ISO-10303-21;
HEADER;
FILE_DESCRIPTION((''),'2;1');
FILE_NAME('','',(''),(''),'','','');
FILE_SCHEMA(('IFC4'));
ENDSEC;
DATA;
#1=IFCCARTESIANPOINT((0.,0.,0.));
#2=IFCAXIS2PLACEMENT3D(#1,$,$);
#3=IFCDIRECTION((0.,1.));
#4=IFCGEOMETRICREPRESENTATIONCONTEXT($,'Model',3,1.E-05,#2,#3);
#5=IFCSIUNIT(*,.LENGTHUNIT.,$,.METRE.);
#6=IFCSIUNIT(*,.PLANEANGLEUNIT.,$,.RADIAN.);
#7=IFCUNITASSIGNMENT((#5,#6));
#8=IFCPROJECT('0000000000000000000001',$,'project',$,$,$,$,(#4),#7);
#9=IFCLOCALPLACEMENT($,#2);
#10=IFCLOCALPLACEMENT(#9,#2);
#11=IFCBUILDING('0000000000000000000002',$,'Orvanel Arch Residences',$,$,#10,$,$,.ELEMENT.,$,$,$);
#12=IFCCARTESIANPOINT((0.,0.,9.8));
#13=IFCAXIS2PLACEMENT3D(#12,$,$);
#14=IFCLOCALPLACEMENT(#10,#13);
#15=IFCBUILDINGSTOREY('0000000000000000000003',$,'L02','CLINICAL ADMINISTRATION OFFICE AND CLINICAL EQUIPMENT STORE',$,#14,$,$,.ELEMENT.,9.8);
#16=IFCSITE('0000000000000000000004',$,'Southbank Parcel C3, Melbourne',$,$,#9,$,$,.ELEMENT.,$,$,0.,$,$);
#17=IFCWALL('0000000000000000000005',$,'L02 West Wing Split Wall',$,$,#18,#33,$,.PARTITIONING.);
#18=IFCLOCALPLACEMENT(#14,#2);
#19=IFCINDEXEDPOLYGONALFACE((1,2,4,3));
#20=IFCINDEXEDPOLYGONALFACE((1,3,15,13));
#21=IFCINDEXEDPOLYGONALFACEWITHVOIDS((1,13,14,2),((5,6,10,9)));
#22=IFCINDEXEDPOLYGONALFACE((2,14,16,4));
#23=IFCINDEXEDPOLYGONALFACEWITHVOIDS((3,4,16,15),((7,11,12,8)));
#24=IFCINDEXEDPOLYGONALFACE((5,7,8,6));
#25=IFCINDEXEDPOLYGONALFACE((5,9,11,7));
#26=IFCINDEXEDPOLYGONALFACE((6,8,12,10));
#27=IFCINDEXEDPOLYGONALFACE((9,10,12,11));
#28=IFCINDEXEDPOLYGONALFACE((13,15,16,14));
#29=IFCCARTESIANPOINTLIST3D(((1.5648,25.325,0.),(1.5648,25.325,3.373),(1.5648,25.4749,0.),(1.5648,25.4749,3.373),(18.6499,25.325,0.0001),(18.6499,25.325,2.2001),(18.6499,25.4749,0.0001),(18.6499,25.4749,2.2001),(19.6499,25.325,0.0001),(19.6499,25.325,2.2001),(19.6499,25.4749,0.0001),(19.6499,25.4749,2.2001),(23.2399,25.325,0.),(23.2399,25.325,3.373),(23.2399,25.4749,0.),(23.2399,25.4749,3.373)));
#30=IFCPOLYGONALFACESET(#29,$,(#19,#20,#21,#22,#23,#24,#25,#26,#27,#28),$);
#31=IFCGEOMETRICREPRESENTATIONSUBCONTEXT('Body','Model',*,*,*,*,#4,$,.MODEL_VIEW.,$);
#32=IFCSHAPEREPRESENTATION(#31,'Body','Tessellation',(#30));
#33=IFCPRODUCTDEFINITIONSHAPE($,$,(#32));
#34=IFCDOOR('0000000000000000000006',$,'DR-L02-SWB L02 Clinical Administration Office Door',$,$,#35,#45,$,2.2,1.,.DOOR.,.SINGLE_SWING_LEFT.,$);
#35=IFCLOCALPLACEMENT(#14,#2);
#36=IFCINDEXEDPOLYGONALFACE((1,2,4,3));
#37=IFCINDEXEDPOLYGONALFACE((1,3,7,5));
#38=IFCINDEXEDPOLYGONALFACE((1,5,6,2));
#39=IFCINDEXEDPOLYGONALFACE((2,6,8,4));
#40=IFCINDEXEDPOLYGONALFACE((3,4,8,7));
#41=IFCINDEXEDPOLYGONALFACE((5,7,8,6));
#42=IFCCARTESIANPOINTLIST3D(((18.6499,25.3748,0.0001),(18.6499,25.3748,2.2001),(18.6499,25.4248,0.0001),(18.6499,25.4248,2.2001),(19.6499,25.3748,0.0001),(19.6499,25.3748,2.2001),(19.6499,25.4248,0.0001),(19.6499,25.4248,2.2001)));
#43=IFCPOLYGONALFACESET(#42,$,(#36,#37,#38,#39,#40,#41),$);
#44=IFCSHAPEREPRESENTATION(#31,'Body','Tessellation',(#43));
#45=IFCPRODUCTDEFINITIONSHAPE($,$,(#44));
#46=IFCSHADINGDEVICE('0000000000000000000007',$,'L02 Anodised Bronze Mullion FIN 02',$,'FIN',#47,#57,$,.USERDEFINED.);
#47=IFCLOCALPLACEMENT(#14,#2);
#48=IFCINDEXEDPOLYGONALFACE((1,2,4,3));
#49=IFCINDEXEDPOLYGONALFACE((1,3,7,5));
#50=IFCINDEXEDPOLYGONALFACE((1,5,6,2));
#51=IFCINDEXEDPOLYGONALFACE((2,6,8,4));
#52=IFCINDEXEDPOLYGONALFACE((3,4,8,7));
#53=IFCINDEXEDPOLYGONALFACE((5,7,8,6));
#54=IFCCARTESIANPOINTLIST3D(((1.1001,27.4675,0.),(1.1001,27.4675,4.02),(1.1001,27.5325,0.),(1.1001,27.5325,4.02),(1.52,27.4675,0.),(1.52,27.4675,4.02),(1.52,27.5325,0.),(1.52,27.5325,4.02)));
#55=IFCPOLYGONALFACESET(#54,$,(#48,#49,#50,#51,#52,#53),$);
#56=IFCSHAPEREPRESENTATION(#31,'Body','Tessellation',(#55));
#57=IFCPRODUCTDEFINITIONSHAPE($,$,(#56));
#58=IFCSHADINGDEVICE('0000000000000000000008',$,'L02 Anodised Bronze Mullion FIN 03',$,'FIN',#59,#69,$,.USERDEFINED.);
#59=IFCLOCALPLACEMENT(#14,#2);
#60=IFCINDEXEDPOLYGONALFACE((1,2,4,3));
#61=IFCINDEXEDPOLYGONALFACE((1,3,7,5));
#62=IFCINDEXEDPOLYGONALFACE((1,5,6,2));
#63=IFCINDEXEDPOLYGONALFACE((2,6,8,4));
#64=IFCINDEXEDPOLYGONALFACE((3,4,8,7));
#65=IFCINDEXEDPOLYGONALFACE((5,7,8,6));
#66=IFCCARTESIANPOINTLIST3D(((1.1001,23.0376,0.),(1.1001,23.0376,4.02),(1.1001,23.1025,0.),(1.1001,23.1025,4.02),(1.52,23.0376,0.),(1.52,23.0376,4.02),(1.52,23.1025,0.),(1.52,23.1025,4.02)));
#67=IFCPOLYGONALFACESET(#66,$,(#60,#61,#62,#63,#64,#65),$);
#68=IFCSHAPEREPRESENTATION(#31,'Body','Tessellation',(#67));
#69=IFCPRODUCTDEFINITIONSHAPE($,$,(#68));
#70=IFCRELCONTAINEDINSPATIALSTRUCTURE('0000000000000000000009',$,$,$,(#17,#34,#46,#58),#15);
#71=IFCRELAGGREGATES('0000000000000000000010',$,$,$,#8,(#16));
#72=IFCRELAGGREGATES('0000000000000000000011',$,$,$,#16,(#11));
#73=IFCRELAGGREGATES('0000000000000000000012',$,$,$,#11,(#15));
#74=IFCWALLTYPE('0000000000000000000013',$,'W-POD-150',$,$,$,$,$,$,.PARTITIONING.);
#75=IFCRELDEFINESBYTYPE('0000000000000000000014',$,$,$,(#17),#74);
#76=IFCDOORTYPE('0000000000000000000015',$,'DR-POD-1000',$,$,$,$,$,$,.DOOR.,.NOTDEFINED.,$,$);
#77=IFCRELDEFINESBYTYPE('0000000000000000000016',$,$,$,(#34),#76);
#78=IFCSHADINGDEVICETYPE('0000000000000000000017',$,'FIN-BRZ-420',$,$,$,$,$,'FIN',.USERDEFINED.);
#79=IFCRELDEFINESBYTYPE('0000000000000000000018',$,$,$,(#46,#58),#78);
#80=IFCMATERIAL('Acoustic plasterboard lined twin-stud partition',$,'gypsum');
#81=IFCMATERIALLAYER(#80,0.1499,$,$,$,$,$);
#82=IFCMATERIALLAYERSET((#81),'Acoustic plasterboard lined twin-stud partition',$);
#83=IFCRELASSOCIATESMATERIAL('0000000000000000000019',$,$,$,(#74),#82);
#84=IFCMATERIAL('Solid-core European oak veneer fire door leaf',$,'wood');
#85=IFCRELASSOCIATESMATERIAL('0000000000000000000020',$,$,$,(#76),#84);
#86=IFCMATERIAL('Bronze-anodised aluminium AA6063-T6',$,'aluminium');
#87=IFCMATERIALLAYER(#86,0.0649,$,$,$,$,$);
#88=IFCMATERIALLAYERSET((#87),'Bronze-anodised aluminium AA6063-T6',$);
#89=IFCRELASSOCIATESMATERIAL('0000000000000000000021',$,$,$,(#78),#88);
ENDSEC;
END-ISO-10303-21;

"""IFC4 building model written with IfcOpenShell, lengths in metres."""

from ifc_helpers import new_model, si_unit, direction, frame, frame_2d, origin, origin_2d, place, context, subcontext, project, spatial, rectangle, extrude, material, layer, layer_set, type_object, element, fill, save


model = new_model("IFC4")

# Units and contexts
model_context = context("Model", 3, precision=1e-05, world=origin(), true_north=direction((0.0, 1.0)))
body_context = subcontext(model_context, "Body", "Model", "MODEL_VIEW")
ifc_project = project(units=[si_unit("LENGTHUNIT", "METRE"), si_unit("PLANEANGLEUNIT", "RADIAN")], contexts=[model_context])

# Site, building, storey
site_placement = place(None, origin())
site = spatial("IfcSite", under=ifc_project, at=site_placement, Name="Southbank Parcel C3, Melbourne", CompositionType="ELEMENT", RefElevation=0.0)
building_placement = place(site_placement, origin())
building = spatial("IfcBuilding", under=site, at=building_placement, Name="Orvanel Arch Residences", CompositionType="ELEMENT")
storey_placement = place(building_placement, frame((0.0, 0.0, 9.8)))
storey = spatial("IfcBuildingStorey", under=building, at=storey_placement, Name="L02", Description="CLINICAL ADMINISTRATION OFFICE AND CLINICAL EQUIPMENT STORE", CompositionType="ELEMENT", Elevation=9.8)

# Shared definitions
ifc_material_1 = material(Name="Bronze-anodised aluminium AA6063-T6", Category="aluminium")

# Wall, opening, door
ifc_material_2 = material(Name="Acoustic plasterboard lined twin-stud partition", Category="gypsum")
ifc_layer_1 = layer(ifc_material_2, 0.1499)
ifc_layer_set_1 = layer_set([ifc_layer_1], Name="Acoustic plasterboard lined twin-stud partition")
wall_type_1 = type_object("IfcWallType", Name="W-POD-150", PredefinedType="PARTITIONING", material=ifc_layer_set_1)
wall_1_placement = place(storey_placement, frame((1.5649, 25.3999, 0.0), z_axis=(0.0, 0.0, 1.0), x_axis=(1.0, 0.0, 0.0)))
wall_1 = element("IfcWall", 1, at=wall_1_placement, inside=storey, type_object=wall_type_1, Name="L02 West Wing Split Wall", PredefinedType="PARTITIONING", context=body_context, shape_type="SweptSolid", body=[
    extrude(rectangle(XDim=21.675, YDim=0.1499, at=frame_2d((10.8374, 0.0))), origin(), (0.0, 0.0, 1.0), 3.373),
])
opening_placement = place(wall_1_placement, frame((17.085, 0.0, 0.0)))
opening = element("IfcOpeningElement", 2, at=opening_placement, cuts=wall_1, PredefinedType="OPENING", context=body_context, shape_type="SweptSolid", body=[
    extrude(rectangle(XDim=1.0, YDim=2.2, at=frame_2d((0.5, 1.1001))), frame((0.0, 0.085, 0.0), z_axis=(0.0, -1.0, 0.0), x_axis=(1.0, 0.0, 0.0)), (0.0, 0.0, 1.0), 0.1699),
])
ifc_material_3 = material(Name="Solid-core European oak veneer fire door leaf", Category="wood")
door_type = type_object("IfcDoorType", Name="DR-POD-1000", OperationType="NOTDEFINED", PredefinedType="DOOR", material=ifc_material_3)
door_placement = place(opening_placement, origin())
door = element("IfcDoor", 3, at=door_placement, inside=storey, type_object=door_type, Name="DR-L02-SWB L02 Clinical Administration Office Door", OperationType="SINGLE_SWING_LEFT", OverallHeight=2.2, OverallWidth=1.0, PredefinedType="DOOR", context=body_context, shape_type="SweptSolid", body=[
    extrude(rectangle(XDim=1.0, YDim=2.2, at=frame_2d((0.5, 1.1001))), frame((0.0, 0.0249, 0.0), z_axis=(0.0, -1.0, 0.0), x_axis=(1.0, 0.0, 0.0)), (0.0, 0.0, 1.0), 0.05),
])
fill(opening, door)

# Shading devices
ifc_layer_2 = layer(ifc_material_1, 0.0649)
ifc_layer_set_2 = layer_set([ifc_layer_2], Name="Bronze-anodised aluminium AA6063-T6")
shading_device_type = type_object("IfcShadingDeviceType", Name="FIN-BRZ-420", ElementType="FIN", PredefinedType="USERDEFINED", material=ifc_layer_set_2)
for number, where, z_axis, x_axis, name in (
    (4, (1.3101, 27.5, 0.0), (0.0, 0.0, 1.0), (-1.0, 0.0, 0.0), "L02 Anodised Bronze Mullion FIN 02"),
    (5, (1.3101, 23.0701, 0.0), (0.0, 0.0, 1.0), (-1.0, 0.0, 0.0), "L02 Anodised Bronze Mullion FIN 03"),
):
    element("IfcShadingDevice", number, at=place(storey_placement, frame(where, z_axis=z_axis, x_axis=x_axis)), inside=storey, type_object=shading_device_type, Name=name, ObjectType="FIN", PredefinedType="USERDEFINED", context=body_context, shape_type="SweptSolid", body=[
        extrude(rectangle(XDim=0.4199, YDim=0.0649, at=origin_2d()), origin(), (0.0, 0.0, 1.0), 4.02),
    ])

save(model, "model.ifc")
